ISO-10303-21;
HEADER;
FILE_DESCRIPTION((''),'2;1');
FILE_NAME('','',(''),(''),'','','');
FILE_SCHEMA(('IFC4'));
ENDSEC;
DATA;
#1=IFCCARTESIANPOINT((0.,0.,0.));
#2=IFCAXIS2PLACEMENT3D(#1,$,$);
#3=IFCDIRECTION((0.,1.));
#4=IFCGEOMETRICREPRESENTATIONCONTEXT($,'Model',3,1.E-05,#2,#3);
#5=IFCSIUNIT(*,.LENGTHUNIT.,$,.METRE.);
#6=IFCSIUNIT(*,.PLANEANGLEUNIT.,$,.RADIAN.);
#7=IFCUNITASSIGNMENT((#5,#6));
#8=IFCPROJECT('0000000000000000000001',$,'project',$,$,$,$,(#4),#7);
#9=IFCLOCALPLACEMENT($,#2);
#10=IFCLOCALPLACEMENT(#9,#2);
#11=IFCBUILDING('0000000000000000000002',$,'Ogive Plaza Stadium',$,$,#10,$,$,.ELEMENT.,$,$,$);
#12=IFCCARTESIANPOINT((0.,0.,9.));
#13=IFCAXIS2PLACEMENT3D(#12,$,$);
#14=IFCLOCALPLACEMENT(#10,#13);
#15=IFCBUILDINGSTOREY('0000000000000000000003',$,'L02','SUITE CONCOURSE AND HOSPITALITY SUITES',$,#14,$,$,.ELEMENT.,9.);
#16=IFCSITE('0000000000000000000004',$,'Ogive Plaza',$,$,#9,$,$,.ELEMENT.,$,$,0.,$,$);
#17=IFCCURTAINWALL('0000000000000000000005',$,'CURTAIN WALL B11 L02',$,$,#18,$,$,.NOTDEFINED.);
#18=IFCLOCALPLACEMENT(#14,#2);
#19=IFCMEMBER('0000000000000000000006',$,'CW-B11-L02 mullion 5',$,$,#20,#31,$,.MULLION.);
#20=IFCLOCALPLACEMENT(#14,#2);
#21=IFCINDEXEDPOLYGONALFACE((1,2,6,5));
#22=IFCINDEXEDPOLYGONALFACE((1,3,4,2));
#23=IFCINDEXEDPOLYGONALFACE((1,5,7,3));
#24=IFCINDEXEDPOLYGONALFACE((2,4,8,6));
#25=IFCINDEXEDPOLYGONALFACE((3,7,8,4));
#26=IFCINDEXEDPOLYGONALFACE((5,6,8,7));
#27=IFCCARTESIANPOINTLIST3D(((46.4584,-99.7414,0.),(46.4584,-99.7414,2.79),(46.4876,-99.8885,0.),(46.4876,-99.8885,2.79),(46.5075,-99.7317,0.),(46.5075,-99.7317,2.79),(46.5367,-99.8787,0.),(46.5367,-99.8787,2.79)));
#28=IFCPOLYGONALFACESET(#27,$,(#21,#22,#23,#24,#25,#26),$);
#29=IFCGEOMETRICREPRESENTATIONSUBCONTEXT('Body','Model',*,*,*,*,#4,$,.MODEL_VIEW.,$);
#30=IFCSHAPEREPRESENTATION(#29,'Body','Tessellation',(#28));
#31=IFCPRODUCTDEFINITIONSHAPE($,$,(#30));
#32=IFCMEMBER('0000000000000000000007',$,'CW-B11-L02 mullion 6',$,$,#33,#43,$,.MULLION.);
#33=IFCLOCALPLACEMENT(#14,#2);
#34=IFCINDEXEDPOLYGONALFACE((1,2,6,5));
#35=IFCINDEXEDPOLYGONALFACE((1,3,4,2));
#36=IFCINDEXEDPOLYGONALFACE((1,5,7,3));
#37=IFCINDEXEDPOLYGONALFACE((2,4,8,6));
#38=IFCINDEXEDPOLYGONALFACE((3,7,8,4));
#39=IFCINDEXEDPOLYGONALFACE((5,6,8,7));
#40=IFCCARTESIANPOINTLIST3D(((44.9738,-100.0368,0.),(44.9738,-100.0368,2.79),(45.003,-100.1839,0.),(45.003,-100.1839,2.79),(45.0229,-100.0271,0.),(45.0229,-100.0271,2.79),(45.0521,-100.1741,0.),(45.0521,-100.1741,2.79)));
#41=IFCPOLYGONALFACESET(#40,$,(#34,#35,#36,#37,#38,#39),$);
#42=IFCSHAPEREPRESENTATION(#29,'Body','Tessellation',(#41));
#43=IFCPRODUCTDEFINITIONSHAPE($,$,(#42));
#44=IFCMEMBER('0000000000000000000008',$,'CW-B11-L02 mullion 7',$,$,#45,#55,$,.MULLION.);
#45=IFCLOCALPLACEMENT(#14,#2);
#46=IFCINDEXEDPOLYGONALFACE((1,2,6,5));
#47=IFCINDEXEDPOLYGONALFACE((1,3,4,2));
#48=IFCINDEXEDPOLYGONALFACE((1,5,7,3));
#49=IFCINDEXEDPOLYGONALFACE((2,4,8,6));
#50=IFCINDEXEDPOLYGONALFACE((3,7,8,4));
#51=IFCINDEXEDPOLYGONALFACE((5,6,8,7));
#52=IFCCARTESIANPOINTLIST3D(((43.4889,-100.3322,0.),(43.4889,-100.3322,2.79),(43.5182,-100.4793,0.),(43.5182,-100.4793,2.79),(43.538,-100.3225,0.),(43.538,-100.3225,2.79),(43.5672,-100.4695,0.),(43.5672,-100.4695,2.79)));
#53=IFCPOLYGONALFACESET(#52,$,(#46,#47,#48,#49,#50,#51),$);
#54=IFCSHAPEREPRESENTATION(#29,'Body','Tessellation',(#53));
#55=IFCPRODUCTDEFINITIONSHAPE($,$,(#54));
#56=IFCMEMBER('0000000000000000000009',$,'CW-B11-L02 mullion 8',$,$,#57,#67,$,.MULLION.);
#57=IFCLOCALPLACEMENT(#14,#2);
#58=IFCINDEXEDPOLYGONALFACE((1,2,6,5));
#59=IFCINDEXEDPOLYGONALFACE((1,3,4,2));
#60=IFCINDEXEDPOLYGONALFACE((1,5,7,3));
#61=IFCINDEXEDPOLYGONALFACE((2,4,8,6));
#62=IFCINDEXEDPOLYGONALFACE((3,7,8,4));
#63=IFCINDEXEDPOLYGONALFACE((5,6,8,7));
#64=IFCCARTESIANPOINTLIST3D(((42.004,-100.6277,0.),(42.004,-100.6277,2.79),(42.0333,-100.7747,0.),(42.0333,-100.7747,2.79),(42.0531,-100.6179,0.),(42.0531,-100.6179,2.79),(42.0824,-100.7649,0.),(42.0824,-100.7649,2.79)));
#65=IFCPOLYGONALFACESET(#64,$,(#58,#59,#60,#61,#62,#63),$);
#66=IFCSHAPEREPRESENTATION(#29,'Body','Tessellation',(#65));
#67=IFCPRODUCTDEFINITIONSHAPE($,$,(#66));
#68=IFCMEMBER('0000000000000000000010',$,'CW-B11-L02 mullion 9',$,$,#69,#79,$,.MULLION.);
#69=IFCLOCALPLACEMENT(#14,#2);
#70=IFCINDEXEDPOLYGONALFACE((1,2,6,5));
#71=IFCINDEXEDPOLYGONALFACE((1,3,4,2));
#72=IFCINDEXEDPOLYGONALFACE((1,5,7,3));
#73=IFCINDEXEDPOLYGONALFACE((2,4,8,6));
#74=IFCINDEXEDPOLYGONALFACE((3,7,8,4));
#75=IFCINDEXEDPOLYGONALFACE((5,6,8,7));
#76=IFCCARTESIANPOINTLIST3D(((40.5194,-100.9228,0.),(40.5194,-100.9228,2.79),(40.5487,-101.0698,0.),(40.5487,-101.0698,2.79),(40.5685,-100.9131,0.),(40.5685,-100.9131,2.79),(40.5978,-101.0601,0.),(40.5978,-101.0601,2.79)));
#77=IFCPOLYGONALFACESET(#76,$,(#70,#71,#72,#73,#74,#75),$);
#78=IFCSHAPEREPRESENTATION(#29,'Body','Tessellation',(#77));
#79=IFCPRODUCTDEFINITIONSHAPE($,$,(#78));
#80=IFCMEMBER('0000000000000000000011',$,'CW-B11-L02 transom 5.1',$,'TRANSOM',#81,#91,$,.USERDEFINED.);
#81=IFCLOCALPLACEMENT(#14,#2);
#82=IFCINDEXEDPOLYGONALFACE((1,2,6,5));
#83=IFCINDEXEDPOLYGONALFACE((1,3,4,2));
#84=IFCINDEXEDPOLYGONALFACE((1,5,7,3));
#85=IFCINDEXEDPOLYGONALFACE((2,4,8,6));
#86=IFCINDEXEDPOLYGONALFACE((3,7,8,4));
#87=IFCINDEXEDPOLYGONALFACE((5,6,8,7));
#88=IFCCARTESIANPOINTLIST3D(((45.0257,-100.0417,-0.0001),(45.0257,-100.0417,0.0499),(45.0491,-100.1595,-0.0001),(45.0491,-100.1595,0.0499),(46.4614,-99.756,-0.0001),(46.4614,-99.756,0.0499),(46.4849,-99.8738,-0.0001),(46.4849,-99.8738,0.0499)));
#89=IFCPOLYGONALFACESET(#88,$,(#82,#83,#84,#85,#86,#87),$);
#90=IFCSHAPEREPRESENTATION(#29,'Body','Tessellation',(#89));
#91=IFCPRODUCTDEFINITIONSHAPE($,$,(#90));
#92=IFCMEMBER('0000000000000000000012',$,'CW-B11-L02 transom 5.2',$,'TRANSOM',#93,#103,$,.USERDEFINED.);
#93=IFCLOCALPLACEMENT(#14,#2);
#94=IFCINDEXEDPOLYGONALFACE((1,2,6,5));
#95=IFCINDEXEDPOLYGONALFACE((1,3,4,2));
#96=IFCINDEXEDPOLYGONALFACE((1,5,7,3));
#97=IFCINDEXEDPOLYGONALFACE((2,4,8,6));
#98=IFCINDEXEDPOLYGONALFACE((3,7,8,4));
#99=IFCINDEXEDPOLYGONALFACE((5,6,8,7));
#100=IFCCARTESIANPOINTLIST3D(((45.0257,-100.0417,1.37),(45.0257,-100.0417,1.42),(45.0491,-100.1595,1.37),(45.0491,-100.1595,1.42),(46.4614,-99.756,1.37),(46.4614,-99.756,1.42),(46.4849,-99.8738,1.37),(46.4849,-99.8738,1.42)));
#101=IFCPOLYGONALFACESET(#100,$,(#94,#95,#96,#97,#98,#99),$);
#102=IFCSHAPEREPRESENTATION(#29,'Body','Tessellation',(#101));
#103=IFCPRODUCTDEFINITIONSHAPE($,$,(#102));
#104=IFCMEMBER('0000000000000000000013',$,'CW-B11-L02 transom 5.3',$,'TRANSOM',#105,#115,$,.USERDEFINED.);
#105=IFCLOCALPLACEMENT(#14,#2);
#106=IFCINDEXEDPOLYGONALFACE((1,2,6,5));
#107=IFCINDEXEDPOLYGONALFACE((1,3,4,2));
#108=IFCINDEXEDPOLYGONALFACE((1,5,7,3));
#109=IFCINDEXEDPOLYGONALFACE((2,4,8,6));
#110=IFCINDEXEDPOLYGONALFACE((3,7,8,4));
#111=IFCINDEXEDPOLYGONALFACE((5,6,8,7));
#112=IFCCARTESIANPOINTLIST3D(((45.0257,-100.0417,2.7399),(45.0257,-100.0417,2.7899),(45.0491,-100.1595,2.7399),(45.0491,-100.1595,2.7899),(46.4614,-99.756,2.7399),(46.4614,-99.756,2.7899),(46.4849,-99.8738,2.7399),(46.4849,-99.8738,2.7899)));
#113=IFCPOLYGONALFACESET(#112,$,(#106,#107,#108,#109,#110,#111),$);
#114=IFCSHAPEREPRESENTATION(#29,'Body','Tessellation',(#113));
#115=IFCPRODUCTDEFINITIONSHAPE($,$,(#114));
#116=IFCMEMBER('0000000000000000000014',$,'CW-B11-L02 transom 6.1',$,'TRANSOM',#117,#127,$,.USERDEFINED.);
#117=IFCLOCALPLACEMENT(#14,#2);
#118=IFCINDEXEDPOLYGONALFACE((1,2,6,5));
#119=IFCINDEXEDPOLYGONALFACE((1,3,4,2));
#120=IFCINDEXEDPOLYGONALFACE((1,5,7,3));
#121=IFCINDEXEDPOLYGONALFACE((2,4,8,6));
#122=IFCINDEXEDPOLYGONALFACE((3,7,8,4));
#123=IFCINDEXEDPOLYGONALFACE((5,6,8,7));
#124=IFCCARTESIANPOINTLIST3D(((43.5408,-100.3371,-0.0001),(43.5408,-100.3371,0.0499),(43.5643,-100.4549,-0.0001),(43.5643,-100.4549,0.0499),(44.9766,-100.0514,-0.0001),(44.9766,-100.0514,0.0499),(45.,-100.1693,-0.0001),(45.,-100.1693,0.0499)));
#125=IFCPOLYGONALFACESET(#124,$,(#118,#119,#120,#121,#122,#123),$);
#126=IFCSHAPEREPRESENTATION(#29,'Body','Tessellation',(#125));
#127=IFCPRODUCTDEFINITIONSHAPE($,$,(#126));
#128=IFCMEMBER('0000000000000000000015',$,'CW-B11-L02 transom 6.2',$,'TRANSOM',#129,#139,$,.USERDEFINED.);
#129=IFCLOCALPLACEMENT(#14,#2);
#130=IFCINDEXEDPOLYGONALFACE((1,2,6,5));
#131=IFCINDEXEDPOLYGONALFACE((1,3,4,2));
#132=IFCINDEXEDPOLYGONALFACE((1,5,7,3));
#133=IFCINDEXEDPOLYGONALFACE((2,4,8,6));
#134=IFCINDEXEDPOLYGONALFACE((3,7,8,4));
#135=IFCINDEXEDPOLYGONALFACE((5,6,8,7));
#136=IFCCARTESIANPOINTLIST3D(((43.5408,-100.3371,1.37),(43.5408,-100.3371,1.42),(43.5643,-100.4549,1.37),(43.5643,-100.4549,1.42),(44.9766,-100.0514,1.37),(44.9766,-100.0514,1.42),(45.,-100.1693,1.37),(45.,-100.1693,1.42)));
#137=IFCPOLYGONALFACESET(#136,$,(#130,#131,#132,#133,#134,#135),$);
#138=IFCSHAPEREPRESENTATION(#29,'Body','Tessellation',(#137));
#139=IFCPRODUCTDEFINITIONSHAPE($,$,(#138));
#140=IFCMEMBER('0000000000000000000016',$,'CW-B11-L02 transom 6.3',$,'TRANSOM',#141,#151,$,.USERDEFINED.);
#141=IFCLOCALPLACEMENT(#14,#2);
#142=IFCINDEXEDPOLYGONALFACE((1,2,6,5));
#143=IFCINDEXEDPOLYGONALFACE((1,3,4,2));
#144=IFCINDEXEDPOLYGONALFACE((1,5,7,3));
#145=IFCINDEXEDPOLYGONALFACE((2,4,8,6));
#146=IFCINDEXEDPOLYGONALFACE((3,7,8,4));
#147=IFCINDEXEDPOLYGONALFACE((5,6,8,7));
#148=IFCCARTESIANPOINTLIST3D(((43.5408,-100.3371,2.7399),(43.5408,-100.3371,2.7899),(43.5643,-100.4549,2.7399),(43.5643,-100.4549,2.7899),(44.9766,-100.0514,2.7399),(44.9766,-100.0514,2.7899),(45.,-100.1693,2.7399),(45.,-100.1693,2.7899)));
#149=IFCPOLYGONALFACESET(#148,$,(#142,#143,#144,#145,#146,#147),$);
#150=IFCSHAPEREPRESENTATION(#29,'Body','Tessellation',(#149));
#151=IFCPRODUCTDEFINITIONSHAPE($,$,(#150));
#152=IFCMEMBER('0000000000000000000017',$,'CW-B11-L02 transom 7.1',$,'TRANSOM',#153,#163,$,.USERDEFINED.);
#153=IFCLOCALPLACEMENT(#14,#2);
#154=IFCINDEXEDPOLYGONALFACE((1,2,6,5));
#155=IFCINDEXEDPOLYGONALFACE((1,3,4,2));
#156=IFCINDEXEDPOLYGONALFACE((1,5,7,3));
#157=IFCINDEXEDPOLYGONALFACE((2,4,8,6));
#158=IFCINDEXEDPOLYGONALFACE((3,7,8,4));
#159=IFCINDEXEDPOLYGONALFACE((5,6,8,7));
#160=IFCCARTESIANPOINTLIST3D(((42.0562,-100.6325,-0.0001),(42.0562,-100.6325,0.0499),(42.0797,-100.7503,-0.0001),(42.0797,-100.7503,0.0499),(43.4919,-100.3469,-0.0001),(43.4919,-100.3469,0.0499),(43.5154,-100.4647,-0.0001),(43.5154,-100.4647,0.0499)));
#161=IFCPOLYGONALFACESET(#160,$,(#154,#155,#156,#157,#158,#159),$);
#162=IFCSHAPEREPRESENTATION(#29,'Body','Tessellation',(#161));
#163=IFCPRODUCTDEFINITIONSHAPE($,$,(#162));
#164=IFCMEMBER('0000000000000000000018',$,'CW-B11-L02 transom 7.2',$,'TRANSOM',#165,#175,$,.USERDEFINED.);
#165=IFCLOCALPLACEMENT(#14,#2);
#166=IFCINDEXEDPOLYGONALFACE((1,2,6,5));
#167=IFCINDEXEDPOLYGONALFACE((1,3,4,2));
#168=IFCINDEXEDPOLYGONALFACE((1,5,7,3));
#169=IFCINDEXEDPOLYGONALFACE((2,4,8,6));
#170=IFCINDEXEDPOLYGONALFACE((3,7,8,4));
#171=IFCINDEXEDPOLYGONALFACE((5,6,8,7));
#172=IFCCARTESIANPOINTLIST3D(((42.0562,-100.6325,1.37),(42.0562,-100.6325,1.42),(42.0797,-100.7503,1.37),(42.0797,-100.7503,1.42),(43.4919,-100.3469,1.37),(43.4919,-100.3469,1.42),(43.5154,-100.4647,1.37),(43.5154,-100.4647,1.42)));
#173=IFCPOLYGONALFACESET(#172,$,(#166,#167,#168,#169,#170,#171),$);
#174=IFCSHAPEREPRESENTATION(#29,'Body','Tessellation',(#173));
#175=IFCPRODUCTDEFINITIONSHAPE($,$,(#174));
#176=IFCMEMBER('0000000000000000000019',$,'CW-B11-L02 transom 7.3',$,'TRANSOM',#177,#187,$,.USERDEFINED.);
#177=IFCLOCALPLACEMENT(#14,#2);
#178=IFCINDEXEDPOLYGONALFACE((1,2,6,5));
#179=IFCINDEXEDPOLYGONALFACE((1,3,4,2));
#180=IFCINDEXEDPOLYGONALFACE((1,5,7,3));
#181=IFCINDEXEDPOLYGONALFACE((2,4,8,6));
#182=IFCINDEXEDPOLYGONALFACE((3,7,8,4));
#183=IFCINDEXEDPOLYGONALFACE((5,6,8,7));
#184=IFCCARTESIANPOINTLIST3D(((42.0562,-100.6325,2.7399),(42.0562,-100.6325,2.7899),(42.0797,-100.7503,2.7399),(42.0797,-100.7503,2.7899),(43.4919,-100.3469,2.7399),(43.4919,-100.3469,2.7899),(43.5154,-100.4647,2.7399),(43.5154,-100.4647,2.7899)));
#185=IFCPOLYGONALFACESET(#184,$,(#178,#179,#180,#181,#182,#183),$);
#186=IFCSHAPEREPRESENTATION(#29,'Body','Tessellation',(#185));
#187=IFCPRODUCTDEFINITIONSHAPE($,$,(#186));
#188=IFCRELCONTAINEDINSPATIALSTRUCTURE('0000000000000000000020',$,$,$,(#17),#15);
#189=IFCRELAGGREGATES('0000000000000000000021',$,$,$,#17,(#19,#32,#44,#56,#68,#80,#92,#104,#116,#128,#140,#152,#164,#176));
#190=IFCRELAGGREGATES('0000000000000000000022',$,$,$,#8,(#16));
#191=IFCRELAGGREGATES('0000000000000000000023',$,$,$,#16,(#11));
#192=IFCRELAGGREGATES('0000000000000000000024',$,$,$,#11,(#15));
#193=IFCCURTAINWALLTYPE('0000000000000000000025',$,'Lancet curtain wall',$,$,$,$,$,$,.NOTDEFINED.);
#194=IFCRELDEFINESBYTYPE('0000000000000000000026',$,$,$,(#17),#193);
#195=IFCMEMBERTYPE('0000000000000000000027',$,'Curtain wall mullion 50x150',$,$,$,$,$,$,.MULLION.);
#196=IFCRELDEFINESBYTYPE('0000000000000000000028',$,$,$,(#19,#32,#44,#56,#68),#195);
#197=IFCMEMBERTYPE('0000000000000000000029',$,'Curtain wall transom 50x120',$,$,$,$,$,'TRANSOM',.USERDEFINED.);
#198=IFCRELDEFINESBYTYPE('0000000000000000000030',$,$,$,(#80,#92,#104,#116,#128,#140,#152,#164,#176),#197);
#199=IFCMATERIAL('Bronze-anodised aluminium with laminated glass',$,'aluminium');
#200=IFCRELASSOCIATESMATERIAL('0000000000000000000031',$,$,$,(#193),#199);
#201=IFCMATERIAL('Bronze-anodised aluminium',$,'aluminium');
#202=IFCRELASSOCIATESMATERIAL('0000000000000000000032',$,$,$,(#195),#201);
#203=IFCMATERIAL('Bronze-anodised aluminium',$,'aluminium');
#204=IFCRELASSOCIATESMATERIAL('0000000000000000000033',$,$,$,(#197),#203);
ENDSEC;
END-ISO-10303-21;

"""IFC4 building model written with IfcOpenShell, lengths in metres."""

from ifc_helpers import new_model, si_unit, direction, frame, origin, origin_2d, place, context, subcontext, project, spatial, rectangle, extrude, material, material_profile, profile_set, type_object, element, aggregate, save


model = new_model("IFC4")

# Units and contexts
model_context = context("Model", 3, precision=1e-05, world=origin(), true_north=direction((0.0, 1.0)))
body_context = subcontext(model_context, "Body", "Model", "MODEL_VIEW")
ifc_project = project(units=[si_unit("LENGTHUNIT", "METRE"), si_unit("PLANEANGLEUNIT", "RADIAN")], contexts=[model_context])

# Site, building, storey
site_placement = place(None, origin())
site = spatial("IfcSite", under=ifc_project, at=site_placement, Name="Ogive Plaza", CompositionType="ELEMENT", RefElevation=0.0)
building_placement = place(site_placement, origin())
building = spatial("IfcBuilding", under=site, at=building_placement, Name="Ogive Plaza Stadium", CompositionType="ELEMENT")
storey_placement = place(building_placement, frame((0.0, 0.0, 9.0)))
storey = spatial("IfcBuildingStorey", under=building, at=storey_placement, Name="L02", Description="SUITE CONCOURSE AND HOSPITALITY SUITES", CompositionType="ELEMENT", Elevation=9.0)

# Curtain wall, members
ifc_material_1 = material(Name="Bronze-anodised aluminium with laminated glass", Category="aluminium")
curtain_wall_type = type_object("IfcCurtainWallType", Name="Lancet curtain wall", PredefinedType="NOTDEFINED", material=ifc_material_1)
curtain_wall_placement = place(storey_placement, origin())
curtain_wall = element("IfcCurtainWall", 1, at=curtain_wall_placement, inside=storey, type_object=curtain_wall_type, Name="CURTAIN WALL B11 L02", PredefinedType="NOTDEFINED")
ifc_material_2 = material(Name="Bronze-anodised aluminium", Category="aluminium")
ifc_material_profile_1 = material_profile(ifc_material_2, rectangle(XDim=0.1499, YDim=0.05, at=origin_2d()), Name="AL 150x50")
ifc_profile_set_1 = profile_set([ifc_material_profile_1], Name="Bronze-anodised aluminium")
member_type_1 = type_object("IfcMemberType", Name="Curtain wall mullion 50x150", PredefinedType="MULLION", material=ifc_profile_set_1)
member_1_placement = place(storey_placement, frame((46.4976, -99.8101, 0.0), z_axis=(0.0, 0.0, 1.0), x_axis=(0.19509, -0.980785, 0.0)))
member_1 = element("IfcMember", 2, at=member_1_placement, type_object=member_type_1, Name="CW-B11-L02 mullion 5", PredefinedType="MULLION", context=body_context, shape_type="SweptSolid", body=[
    extrude(rectangle(XDim=0.1499, YDim=0.05, at=origin_2d()), origin(), (0.0, 0.0, 1.0), 2.79),
])
member_2_placement = place(storey_placement, frame((45.0129, -100.1055, 0.0), z_axis=(0.0, 0.0, 1.0), x_axis=(0.19509, -0.980785, 0.0)))
member_2 = element("IfcMember", 3, at=member_2_placement, type_object=member_type_1, Name="CW-B11-L02 mullion 6", PredefinedType="MULLION", context=body_context, shape_type="SweptSolid", body=[
    extrude(rectangle(XDim=0.1499, YDim=0.05, at=origin_2d()), origin(), (0.0, 0.0, 1.0), 2.79),
])
member_3_placement = place(storey_placement, frame((43.5281, -100.4009, 0.0), z_axis=(0.0, 0.0, 1.0), x_axis=(0.19509, -0.980785, 0.0)))
member_3 = element("IfcMember", 4, at=member_3_placement, type_object=member_type_1, Name="CW-B11-L02 mullion 7", PredefinedType="MULLION", context=body_context, shape_type="SweptSolid", body=[
    extrude(rectangle(XDim=0.1499, YDim=0.05, at=origin_2d()), origin(), (0.0, 0.0, 1.0), 2.79),
])
member_4_placement = place(storey_placement, frame((42.0432, -100.6963, 0.0), z_axis=(0.0, 0.0, 1.0), x_axis=(0.19509, -0.980785, 0.0)))
member_4 = element("IfcMember", 5, at=member_4_placement, type_object=member_type_1, Name="CW-B11-L02 mullion 8", PredefinedType="MULLION", context=body_context, shape_type="SweptSolid", body=[
    extrude(rectangle(XDim=0.1499, YDim=0.05, at=origin_2d()), origin(), (0.0, 0.0, 1.0), 2.79),
])
member_5_placement = place(storey_placement, frame((40.5586, -100.9915, 0.0), z_axis=(0.0, 0.0, 1.0), x_axis=(0.19509, -0.980785, 0.0)))
member_5 = element("IfcMember", 6, at=member_5_placement, type_object=member_type_1, Name="CW-B11-L02 mullion 9", PredefinedType="MULLION", context=body_context, shape_type="SweptSolid", body=[
    extrude(rectangle(XDim=0.1499, YDim=0.05, at=origin_2d()), origin(), (0.0, 0.0, 1.0), 2.79),
])
ifc_material_3 = material(Name="Bronze-anodised aluminium", Category="aluminium")
ifc_material_profile_2 = material_profile(ifc_material_3, rectangle(XDim=0.1201, YDim=0.05, at=origin_2d()), Name="AL 120x50")
ifc_profile_set_2 = profile_set([ifc_material_profile_2], Name="Bronze-anodised aluminium")
member_type_2 = type_object("IfcMemberType", Name="Curtain wall transom 50x120", ElementType="TRANSOM", PredefinedType="USERDEFINED", material=ifc_profile_set_2)
member_6_placement = place(storey_placement, frame((46.4731, -99.8149, 0.0249), z_axis=(-0.980779, -0.195122, 0.0), x_axis=(0.195122, -0.980779, 0.0)))
member_6 = element("IfcMember", 7, at=member_6_placement, type_object=member_type_2, Name="CW-B11-L02 transom 5.1", ObjectType="TRANSOM", PredefinedType="USERDEFINED", context=body_context, shape_type="SweptSolid", body=[
    extrude(rectangle(XDim=0.1201, YDim=0.05, at=origin_2d()), origin(), (0.0, 0.0, 1.0), 1.4639),
])
member_7_placement = place(storey_placement, frame((46.4731, -99.8149, 1.395), z_axis=(-0.980779, -0.195122, 0.0), x_axis=(0.195122, -0.980779, 0.0)))
member_7 = element("IfcMember", 8, at=member_7_placement, type_object=member_type_2, Name="CW-B11-L02 transom 5.2", ObjectType="TRANSOM", PredefinedType="USERDEFINED", context=body_context, shape_type="SweptSolid", body=[
    extrude(rectangle(XDim=0.1201, YDim=0.05, at=origin_2d()), origin(), (0.0, 0.0, 1.0), 1.4639),
])
member_8_placement = place(storey_placement, frame((46.4731, -99.8149, 2.7649), z_axis=(-0.980779, -0.195122, 0.0), x_axis=(0.195122, -0.980779, 0.0)))
member_8 = element("IfcMember", 9, at=member_8_placement, type_object=member_type_2, Name="CW-B11-L02 transom 5.3", ObjectType="TRANSOM", PredefinedType="USERDEFINED", context=body_context, shape_type="SweptSolid", body=[
    extrude(rectangle(XDim=0.1201, YDim=0.05, at=origin_2d()), origin(), (0.0, 0.0, 1.0), 1.4639),
])
member_9_placement = place(storey_placement, frame((44.9883, -100.1104, 0.0249), z_axis=(-0.980779, -0.195122, 0.0), x_axis=(0.195122, -0.980779, 0.0)))
member_9 = element("IfcMember", 10, at=member_9_placement, type_object=member_type_2, Name="CW-B11-L02 transom 6.1", ObjectType="TRANSOM", PredefinedType="USERDEFINED", context=body_context, shape_type="SweptSolid", body=[
    extrude(rectangle(XDim=0.1201, YDim=0.05, at=origin_2d()), origin(), (0.0, 0.0, 1.0), 1.4639),
])
member_10_placement = place(storey_placement, frame((44.9883, -100.1104, 1.395), z_axis=(-0.980779, -0.195122, 0.0), x_axis=(0.195122, -0.980779, 0.0)))
member_10 = element("IfcMember", 11, at=member_10_placement, type_object=member_type_2, Name="CW-B11-L02 transom 6.2", ObjectType="TRANSOM", PredefinedType="USERDEFINED", context=body_context, shape_type="SweptSolid", body=[
    extrude(rectangle(XDim=0.1201, YDim=0.05, at=origin_2d()), origin(), (0.0, 0.0, 1.0), 1.4639),
])
member_11_placement = place(storey_placement, frame((44.9883, -100.1104, 2.7649), z_axis=(-0.980779, -0.195122, 0.0), x_axis=(0.195122, -0.980779, 0.0)))
member_11 = element("IfcMember", 12, at=member_11_placement, type_object=member_type_2, Name="CW-B11-L02 transom 6.3", ObjectType="TRANSOM", PredefinedType="USERDEFINED", context=body_context, shape_type="SweptSolid", body=[
    extrude(rectangle(XDim=0.1201, YDim=0.05, at=origin_2d()), origin(), (0.0, 0.0, 1.0), 1.4639),
])
member_12_placement = place(storey_placement, frame((43.5037, -100.4058, 0.0249), z_axis=(-0.980779, -0.195122, 0.0), x_axis=(0.195122, -0.980779, 0.0)))
member_12 = element("IfcMember", 13, at=member_12_placement, type_object=member_type_2, Name="CW-B11-L02 transom 7.1", ObjectType="TRANSOM", PredefinedType="USERDEFINED", context=body_context, shape_type="SweptSolid", body=[
    extrude(rectangle(XDim=0.1201, YDim=0.05, at=origin_2d()), origin(), (0.0, 0.0, 1.0), 1.4639),
])
member_13_placement = place(storey_placement, frame((43.5037, -100.4058, 1.395), z_axis=(-0.980779, -0.195122, 0.0), x_axis=(0.195122, -0.980779, 0.0)))
member_13 = element("IfcMember", 14, at=member_13_placement, type_object=member_type_2, Name="CW-B11-L02 transom 7.2", ObjectType="TRANSOM", PredefinedType="USERDEFINED", context=body_context, shape_type="SweptSolid", body=[
    extrude(rectangle(XDim=0.1201, YDim=0.05, at=origin_2d()), origin(), (0.0, 0.0, 1.0), 1.4639),
])
member_14_placement = place(storey_placement, frame((43.5037, -100.4058, 2.7649), z_axis=(-0.980779, -0.195122, 0.0), x_axis=(0.195122, -0.980779, 0.0)))
member_14 = element("IfcMember", 15, at=member_14_placement, type_object=member_type_2, Name="CW-B11-L02 transom 7.3", ObjectType="TRANSOM", PredefinedType="USERDEFINED", context=body_context, shape_type="SweptSolid", body=[
    extrude(rectangle(XDim=0.1201, YDim=0.05, at=origin_2d()), origin(), (0.0, 0.0, 1.0), 1.4639),
])
aggregate(curtain_wall, [member_1, member_2, member_3, member_4, member_5, member_6, member_7, member_8, member_9, member_10, member_11, member_12, member_13, member_14])

save(model, "model.ifc")
